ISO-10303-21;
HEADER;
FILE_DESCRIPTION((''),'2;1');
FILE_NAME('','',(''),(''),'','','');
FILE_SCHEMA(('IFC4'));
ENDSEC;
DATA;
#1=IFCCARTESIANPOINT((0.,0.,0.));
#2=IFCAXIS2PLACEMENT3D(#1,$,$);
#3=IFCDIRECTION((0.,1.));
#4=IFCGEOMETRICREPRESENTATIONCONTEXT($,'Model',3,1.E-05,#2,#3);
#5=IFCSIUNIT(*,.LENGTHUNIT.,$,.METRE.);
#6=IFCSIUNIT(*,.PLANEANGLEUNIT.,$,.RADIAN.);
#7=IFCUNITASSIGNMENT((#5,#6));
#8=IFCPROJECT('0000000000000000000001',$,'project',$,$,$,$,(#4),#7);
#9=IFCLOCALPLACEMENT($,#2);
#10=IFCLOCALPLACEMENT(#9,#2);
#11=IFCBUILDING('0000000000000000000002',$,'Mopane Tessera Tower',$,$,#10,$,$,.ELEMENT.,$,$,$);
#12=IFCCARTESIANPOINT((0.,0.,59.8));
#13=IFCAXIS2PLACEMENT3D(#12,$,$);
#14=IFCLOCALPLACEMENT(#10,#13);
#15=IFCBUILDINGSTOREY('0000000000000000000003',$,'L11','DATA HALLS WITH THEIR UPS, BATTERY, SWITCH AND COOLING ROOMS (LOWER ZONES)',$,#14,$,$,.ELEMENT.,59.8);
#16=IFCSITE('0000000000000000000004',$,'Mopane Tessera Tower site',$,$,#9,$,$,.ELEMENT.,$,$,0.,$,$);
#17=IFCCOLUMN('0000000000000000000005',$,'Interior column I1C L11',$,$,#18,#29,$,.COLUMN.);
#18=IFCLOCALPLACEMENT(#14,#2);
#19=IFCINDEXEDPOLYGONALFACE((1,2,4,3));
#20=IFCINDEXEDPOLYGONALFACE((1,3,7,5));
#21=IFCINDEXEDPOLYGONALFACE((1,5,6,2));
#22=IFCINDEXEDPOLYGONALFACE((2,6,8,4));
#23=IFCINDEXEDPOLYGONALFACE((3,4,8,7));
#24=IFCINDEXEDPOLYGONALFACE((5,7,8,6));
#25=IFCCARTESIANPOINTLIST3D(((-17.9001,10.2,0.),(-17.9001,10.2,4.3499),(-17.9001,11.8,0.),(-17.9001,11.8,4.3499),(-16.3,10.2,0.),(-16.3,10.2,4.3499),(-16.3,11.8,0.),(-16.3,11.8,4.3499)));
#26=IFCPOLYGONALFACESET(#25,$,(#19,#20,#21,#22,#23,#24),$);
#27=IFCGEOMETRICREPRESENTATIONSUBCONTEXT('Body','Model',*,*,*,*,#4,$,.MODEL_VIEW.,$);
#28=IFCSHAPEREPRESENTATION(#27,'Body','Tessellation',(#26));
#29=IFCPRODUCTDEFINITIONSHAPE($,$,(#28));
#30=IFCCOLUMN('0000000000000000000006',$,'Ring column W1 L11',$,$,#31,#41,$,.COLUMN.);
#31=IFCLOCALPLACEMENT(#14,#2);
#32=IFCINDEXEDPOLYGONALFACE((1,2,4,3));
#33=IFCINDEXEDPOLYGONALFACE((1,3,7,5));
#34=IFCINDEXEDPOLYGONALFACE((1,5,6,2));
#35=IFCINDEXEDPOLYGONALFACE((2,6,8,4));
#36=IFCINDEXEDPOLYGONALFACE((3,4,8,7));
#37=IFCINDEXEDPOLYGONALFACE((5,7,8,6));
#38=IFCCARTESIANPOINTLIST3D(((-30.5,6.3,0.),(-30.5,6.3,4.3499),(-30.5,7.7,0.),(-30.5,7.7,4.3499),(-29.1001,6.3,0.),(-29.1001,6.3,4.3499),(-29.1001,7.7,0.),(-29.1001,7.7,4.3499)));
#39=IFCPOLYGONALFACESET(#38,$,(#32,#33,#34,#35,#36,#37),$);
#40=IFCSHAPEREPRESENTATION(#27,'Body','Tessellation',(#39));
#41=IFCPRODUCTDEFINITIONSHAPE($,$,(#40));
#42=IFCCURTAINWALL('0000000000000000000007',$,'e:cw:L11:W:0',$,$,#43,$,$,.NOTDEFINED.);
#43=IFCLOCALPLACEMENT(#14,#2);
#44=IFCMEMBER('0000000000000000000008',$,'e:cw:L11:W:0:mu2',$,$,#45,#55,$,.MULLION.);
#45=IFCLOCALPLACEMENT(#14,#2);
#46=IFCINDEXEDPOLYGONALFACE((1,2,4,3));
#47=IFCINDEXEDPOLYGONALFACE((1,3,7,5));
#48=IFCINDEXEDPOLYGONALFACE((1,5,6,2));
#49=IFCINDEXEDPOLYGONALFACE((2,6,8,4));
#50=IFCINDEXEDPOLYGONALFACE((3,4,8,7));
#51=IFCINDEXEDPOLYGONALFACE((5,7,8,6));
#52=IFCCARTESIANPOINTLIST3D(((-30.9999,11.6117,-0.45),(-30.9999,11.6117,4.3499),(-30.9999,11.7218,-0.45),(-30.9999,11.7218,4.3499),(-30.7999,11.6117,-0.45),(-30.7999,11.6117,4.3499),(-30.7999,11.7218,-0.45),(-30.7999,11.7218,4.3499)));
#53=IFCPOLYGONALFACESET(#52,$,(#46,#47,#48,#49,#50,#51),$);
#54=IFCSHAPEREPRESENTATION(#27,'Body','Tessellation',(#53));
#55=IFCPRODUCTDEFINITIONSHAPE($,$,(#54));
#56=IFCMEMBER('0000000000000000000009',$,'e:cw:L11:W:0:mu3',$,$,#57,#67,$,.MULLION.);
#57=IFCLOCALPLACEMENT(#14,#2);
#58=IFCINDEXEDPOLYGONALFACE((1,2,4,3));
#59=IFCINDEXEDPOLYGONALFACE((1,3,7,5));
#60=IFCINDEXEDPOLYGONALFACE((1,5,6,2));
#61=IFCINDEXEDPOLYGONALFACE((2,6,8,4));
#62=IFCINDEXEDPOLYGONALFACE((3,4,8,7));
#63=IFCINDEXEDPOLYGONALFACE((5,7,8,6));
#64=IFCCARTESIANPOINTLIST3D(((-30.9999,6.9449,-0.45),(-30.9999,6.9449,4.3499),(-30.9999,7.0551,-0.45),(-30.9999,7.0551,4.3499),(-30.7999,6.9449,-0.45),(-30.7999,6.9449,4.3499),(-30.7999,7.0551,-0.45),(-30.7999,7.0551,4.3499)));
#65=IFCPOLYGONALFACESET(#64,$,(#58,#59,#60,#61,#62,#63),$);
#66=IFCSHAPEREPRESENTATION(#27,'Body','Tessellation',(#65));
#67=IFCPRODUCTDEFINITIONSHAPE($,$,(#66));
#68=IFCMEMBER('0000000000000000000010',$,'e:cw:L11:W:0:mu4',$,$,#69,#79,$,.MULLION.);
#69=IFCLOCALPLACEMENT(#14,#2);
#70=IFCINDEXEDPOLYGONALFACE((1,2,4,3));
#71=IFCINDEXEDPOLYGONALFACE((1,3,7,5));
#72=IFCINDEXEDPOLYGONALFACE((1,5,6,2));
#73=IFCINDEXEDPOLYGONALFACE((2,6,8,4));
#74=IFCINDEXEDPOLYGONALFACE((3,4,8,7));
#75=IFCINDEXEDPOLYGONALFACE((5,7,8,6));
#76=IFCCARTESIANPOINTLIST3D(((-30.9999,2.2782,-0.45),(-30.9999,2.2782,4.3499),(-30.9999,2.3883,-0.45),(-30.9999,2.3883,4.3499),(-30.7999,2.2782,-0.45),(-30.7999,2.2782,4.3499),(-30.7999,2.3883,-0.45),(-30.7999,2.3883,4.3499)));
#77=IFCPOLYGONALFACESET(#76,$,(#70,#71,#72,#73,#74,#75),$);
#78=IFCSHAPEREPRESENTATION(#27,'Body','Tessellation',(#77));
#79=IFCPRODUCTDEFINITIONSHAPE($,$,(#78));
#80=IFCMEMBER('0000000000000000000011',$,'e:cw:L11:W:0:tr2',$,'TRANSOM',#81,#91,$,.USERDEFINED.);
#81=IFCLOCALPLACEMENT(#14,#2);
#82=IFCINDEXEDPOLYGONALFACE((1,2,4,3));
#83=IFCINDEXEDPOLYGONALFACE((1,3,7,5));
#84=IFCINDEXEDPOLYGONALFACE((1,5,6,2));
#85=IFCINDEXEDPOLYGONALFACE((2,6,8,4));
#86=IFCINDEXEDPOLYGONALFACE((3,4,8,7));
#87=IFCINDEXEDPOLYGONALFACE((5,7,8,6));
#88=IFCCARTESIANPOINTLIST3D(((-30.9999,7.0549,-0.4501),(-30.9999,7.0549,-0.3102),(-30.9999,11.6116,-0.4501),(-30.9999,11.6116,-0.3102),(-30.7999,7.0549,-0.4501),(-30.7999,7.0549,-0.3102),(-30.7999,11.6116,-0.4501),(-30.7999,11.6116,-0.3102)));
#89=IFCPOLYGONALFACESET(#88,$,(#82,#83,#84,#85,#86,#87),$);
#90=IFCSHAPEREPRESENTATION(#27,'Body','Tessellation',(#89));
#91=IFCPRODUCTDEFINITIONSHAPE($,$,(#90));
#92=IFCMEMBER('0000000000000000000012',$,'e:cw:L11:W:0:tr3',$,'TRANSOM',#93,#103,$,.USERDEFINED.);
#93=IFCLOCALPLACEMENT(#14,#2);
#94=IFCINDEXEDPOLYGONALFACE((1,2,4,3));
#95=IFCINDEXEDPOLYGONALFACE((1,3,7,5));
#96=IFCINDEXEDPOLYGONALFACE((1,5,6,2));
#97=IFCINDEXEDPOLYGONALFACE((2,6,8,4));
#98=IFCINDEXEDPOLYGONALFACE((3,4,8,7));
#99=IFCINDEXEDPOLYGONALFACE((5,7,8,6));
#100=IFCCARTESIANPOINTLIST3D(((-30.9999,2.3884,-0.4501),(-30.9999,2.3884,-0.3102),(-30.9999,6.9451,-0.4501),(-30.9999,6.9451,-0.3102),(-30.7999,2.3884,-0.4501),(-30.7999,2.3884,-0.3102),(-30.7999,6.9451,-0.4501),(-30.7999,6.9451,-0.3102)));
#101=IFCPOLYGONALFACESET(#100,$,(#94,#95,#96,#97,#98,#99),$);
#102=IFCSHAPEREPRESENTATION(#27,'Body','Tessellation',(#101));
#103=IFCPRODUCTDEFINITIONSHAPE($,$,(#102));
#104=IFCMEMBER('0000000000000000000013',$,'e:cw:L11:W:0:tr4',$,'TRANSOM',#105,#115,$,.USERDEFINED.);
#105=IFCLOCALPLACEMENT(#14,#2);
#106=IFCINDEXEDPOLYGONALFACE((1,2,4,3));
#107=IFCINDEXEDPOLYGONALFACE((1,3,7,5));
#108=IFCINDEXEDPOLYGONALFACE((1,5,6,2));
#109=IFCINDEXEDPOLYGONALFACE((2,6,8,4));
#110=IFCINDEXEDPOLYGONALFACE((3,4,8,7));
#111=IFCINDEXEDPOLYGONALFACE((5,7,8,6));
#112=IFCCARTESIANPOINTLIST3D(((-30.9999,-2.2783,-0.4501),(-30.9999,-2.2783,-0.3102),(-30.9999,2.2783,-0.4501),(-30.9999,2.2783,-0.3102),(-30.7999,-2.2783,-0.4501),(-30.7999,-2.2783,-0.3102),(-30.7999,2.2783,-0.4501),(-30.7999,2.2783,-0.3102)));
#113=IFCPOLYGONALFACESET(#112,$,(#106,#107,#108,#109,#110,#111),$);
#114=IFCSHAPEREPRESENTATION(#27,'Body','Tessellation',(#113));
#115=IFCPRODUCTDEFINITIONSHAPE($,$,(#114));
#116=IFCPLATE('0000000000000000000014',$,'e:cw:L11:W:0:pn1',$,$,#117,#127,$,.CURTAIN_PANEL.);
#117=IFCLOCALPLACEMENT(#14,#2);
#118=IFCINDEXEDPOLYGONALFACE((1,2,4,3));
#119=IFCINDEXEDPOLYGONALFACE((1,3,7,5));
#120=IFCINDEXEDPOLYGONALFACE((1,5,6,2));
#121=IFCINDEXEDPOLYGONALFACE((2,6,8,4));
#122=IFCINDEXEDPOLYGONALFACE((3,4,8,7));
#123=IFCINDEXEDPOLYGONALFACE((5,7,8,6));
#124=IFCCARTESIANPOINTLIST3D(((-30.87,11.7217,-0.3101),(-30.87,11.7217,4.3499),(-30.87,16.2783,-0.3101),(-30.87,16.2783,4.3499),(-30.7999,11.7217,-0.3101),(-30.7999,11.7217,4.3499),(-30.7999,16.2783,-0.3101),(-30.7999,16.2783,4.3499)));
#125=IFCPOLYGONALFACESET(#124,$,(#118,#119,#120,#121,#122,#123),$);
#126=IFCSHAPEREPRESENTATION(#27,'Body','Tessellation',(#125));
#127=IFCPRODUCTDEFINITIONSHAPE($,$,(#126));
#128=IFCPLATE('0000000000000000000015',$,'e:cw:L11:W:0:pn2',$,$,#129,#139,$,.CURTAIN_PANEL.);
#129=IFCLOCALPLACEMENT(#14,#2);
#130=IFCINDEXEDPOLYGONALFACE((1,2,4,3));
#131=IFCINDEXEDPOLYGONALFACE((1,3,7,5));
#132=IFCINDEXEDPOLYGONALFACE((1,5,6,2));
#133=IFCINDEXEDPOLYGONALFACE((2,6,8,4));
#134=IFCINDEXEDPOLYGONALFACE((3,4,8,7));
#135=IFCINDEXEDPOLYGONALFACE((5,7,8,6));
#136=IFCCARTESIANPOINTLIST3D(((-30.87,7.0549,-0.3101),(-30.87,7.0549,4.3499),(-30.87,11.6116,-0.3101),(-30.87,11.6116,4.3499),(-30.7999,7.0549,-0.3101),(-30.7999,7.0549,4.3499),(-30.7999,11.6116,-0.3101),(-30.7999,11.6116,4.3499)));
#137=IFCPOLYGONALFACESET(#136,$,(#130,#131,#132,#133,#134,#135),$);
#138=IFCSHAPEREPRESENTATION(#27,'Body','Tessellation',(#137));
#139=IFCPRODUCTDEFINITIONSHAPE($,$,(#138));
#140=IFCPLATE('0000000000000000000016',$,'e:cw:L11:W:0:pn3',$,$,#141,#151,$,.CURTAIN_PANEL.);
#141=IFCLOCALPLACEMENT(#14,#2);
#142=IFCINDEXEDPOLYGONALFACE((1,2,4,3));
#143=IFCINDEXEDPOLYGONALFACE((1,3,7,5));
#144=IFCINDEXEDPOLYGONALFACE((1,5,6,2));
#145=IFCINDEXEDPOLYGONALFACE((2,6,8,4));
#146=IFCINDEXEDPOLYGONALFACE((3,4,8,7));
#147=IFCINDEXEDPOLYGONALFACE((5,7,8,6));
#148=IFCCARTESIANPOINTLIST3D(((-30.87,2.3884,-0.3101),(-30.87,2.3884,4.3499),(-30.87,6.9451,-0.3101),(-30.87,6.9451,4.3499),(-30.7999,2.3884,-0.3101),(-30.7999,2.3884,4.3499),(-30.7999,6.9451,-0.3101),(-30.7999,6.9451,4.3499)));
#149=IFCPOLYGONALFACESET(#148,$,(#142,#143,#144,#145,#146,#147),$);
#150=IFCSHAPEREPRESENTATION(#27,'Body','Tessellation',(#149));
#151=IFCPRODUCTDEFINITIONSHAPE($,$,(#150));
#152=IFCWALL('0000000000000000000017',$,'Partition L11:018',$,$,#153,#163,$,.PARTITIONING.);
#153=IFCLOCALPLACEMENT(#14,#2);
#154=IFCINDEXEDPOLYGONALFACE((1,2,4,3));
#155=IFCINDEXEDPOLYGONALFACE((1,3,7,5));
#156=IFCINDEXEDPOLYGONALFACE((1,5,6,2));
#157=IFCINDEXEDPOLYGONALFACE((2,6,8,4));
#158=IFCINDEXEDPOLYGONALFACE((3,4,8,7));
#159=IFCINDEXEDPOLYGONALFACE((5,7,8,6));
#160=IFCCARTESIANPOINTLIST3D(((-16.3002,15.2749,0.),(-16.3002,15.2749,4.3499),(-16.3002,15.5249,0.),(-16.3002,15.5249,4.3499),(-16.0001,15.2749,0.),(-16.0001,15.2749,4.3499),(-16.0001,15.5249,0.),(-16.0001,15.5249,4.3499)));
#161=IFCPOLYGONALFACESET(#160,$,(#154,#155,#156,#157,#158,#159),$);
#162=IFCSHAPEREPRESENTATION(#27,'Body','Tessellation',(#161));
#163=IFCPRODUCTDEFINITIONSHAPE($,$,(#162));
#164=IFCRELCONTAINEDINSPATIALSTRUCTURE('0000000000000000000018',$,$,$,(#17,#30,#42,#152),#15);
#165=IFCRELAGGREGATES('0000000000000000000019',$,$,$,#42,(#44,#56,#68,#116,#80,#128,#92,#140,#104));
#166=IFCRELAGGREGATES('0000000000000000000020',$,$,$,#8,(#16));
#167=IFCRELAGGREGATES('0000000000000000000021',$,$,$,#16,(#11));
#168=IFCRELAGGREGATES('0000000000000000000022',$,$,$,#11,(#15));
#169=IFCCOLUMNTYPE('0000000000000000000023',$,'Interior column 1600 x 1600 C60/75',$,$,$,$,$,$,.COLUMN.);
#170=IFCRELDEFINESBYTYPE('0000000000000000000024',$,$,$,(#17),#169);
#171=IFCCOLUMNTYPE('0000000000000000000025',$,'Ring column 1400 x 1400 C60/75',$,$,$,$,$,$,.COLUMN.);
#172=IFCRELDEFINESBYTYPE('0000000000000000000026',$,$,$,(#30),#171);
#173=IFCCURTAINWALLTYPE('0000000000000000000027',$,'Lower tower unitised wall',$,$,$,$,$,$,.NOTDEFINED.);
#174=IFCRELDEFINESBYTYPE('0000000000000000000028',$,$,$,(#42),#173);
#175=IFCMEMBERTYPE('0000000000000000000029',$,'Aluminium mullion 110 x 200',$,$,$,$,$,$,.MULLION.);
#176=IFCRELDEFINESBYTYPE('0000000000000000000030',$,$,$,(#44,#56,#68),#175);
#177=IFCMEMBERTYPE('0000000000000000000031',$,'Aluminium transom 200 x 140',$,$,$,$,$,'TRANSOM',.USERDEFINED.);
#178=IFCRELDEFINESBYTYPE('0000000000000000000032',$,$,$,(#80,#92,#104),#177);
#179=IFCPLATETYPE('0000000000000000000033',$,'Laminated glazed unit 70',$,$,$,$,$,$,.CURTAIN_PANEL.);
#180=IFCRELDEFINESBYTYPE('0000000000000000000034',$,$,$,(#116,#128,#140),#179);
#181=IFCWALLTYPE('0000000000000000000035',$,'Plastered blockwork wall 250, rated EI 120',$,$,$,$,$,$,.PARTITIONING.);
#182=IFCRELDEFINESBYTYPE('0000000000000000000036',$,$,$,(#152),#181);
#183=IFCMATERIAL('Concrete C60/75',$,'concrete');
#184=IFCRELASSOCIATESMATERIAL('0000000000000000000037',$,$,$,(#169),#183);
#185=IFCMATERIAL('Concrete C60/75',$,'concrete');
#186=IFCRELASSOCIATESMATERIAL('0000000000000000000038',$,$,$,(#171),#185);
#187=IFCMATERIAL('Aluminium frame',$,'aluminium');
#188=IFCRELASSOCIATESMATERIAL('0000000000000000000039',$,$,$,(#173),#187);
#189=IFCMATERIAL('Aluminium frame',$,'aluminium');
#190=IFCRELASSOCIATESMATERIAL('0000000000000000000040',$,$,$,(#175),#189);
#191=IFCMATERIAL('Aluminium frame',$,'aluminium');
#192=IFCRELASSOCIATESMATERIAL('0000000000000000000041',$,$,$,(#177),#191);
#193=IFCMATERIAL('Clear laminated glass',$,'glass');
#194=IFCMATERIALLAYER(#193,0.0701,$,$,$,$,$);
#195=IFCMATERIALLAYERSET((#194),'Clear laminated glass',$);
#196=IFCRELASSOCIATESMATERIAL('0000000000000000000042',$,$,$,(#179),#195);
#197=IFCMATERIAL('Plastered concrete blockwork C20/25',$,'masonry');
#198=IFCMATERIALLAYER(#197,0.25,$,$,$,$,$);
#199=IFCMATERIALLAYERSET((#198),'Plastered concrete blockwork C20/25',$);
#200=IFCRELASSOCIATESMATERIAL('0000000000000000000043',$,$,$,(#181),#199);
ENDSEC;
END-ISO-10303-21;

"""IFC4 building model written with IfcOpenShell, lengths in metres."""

from ifc_helpers import new_model, si_unit, direction, frame, frame_2d, origin, origin_2d, place, context, subcontext, project, spatial, rectangle, extrude, material, layer, layer_set, material_profile, profile_set, type_object, element, aggregate, save


model = new_model("IFC4")

# Units and contexts
model_context = context("Model", 3, precision=1e-05, world=origin(), true_north=direction((0.0, 1.0)))
body_context = subcontext(model_context, "Body", "Model", "MODEL_VIEW")
ifc_project = project(units=[si_unit("LENGTHUNIT", "METRE"), si_unit("PLANEANGLEUNIT", "RADIAN")], contexts=[model_context])

# Site, building, storey
site_placement = place(None, origin())
site = spatial("IfcSite", under=ifc_project, at=site_placement, Name="Mopane Tessera Tower site", CompositionType="ELEMENT", RefElevation=0.0)
building_placement = place(site_placement, origin())
building = spatial("IfcBuilding", under=site, at=building_placement, Name="Mopane Tessera Tower", CompositionType="ELEMENT")
storey_placement = place(building_placement, frame((0.0, 0.0, 59.8)))
storey = spatial("IfcBuildingStorey", under=building, at=storey_placement, Name="L11", Description="DATA HALLS WITH THEIR UPS, BATTERY, SWITCH AND COOLING ROOMS (LOWER ZONES)", CompositionType="ELEMENT", Elevation=59.8)

# Columns
ifc_material_1 = material(Name="Concrete C60/75", Category="concrete")
ifc_material_profile_1 = material_profile(ifc_material_1, rectangle(XDim=1.6001, YDim=1.6001, at=origin_2d()))
ifc_profile_set_1 = profile_set([ifc_material_profile_1], Name="Concrete C60/75")
column_type_1 = type_object("IfcColumnType", Name="Interior column 1600 x 1600 C60/75", PredefinedType="COLUMN", material=ifc_profile_set_1)
column_1_placement = place(storey_placement, frame((-17.1001, 11.0, 0.0), z_axis=(0.0, 0.0, 1.0), x_axis=(1.0, 0.0, 0.0)))
element("IfcColumn", 1, at=column_1_placement, inside=storey, type_object=column_type_1, Name="Interior column I1C L11", PredefinedType="COLUMN", context=body_context, shape_type="SweptSolid", body=[
    extrude(rectangle(XDim=1.6001, YDim=1.6001, at=origin_2d()), origin(), (0.0, 0.0, 1.0), 4.3499),
])
ifc_material_2 = material(Name="Concrete C60/75", Category="concrete")
ifc_material_profile_2 = material_profile(ifc_material_2, rectangle(XDim=1.3999, YDim=1.3999, at=origin_2d()))
ifc_profile_set_2 = profile_set([ifc_material_profile_2], Name="Concrete C60/75")
column_type_2 = type_object("IfcColumnType", Name="Ring column 1400 x 1400 C60/75", PredefinedType="COLUMN", material=ifc_profile_set_2)
column_2_placement = place(storey_placement, frame((-29.8, 7.0, 0.0), z_axis=(0.0, 0.0, 1.0), x_axis=(1.0, 0.0, 0.0)))
element("IfcColumn", 2, at=column_2_placement, inside=storey, type_object=column_type_2, Name="Ring column W1 L11", PredefinedType="COLUMN", context=body_context, shape_type="SweptSolid", body=[
    extrude(rectangle(XDim=1.3999, YDim=1.3999, at=origin_2d()), origin(), (0.0, 0.0, 1.0), 4.3499),
])

# Curtain wall, members, plates
ifc_material_3 = material(Name="Aluminium frame", Category="aluminium")
curtain_wall_type = type_object("IfcCurtainWallType", Name="Lower tower unitised wall", PredefinedType="NOTDEFINED", material=ifc_material_3)
curtain_wall_placement = place(storey_placement, origin())
curtain_wall = element("IfcCurtainWall", 3, at=curtain_wall_placement, inside=storey, type_object=curtain_wall_type, Name="e:cw:L11:W:0", PredefinedType="NOTDEFINED")
ifc_material_4 = material(Name="Aluminium frame", Category="aluminium")
ifc_material_profile_3 = material_profile(ifc_material_4, rectangle(XDim=0.1101, YDim=0.2, at=origin_2d()))
ifc_profile_set_3 = profile_set([ifc_material_profile_3], Name="Aluminium frame")
member_type_1 = type_object("IfcMemberType", Name="Aluminium mullion 110 x 200", PredefinedType="MULLION", material=ifc_profile_set_3)
member_1_placement = place(storey_placement, frame((-30.8999, 11.6667, -0.45), z_axis=(0.0, 0.0, 1.0), x_axis=(0.0, -1.0, 0.0)))
member_1 = element("IfcMember", 4, at=member_1_placement, type_object=member_type_1, Name="e:cw:L11:W:0:mu2", PredefinedType="MULLION", context=body_context, shape_type="SweptSolid", body=[
    extrude(rectangle(XDim=0.1101, YDim=0.2, at=origin_2d()), origin(), (0.0, 0.0, 1.0), 4.7998),
])
member_2_placement = place(storey_placement, frame((-30.8999, 7.0, -0.45), z_axis=(0.0, 0.0, 1.0), x_axis=(0.0, -1.0, 0.0)))
member_2 = element("IfcMember", 5, at=member_2_placement, type_object=member_type_1, Name="e:cw:L11:W:0:mu3", PredefinedType="MULLION", context=body_context, shape_type="SweptSolid", body=[
    extrude(rectangle(XDim=0.1101, YDim=0.2, at=origin_2d()), origin(), (0.0, 0.0, 1.0), 4.7998),
])
member_3_placement = place(storey_placement, frame((-30.8999, 2.3333, -0.45), z_axis=(0.0, 0.0, 1.0), x_axis=(0.0, -1.0, 0.0)))
member_3 = element("IfcMember", 6, at=member_3_placement, type_object=member_type_1, Name="e:cw:L11:W:0:mu4", PredefinedType="MULLION", context=body_context, shape_type="SweptSolid", body=[
    extrude(rectangle(XDim=0.1101, YDim=0.2, at=origin_2d()), origin(), (0.0, 0.0, 1.0), 4.7998),
])
ifc_material_5 = material(Name="Aluminium frame", Category="aluminium")
ifc_material_profile_4 = material_profile(ifc_material_5, rectangle(XDim=0.2, YDim=0.1399, at=origin_2d()))
ifc_profile_set_4 = profile_set([ifc_material_profile_4], Name="Aluminium frame")
member_type_2 = type_object("IfcMemberType", Name="Aluminium transom 200 x 140", ElementType="TRANSOM", PredefinedType="USERDEFINED", material=ifc_profile_set_4)
member_4_placement = place(storey_placement, frame((-30.8999, 11.6116, -0.3801), z_axis=(0.0, -1.0, 0.0), x_axis=(1.0, 0.0, 0.0)))
member_4 = element("IfcMember", 7, at=member_4_placement, type_object=member_type_2, Name="e:cw:L11:W:0:tr2", ObjectType="TRANSOM", PredefinedType="USERDEFINED", context=body_context, shape_type="SweptSolid", body=[
    extrude(rectangle(XDim=0.2, YDim=0.1399, at=origin_2d()), origin(), (0.0, 0.0, 1.0), 4.5566),
])
member_5_placement = place(storey_placement, frame((-30.8999, 6.9451, -0.3801), z_axis=(0.0, -1.0, 0.0), x_axis=(1.0, 0.0, 0.0)))
member_5 = element("IfcMember", 8, at=member_5_placement, type_object=member_type_2, Name="e:cw:L11:W:0:tr3", ObjectType="TRANSOM", PredefinedType="USERDEFINED", context=body_context, shape_type="SweptSolid", body=[
    extrude(rectangle(XDim=0.2, YDim=0.1399, at=origin_2d()), origin(), (0.0, 0.0, 1.0), 4.5566),
])
member_6_placement = place(storey_placement, frame((-30.8999, 2.2783, -0.3801), z_axis=(0.0, -1.0, 0.0), x_axis=(1.0, 0.0, 0.0)))
member_6 = element("IfcMember", 9, at=member_6_placement, type_object=member_type_2, Name="e:cw:L11:W:0:tr4", ObjectType="TRANSOM", PredefinedType="USERDEFINED", context=body_context, shape_type="SweptSolid", body=[
    extrude(rectangle(XDim=0.2, YDim=0.1399, at=origin_2d()), origin(), (0.0, 0.0, 1.0), 4.5566),
])
ifc_material_6 = material(Name="Clear laminated glass", Category="glass")
ifc_layer_1 = layer(ifc_material_6, 0.0701)
ifc_layer_set_1 = layer_set([ifc_layer_1], Name="Clear laminated glass")
plate_type = type_object("IfcPlateType", Name="Laminated glazed unit 70", PredefinedType="CURTAIN_PANEL", material=ifc_layer_set_1)
plate_1_placement = place(storey_placement, frame((-30.835, 14.0, -0.3101), z_axis=(0.0, 0.0, 1.0), x_axis=(0.0, -1.0, 0.0)))
plate_1 = element("IfcPlate", 10, at=plate_1_placement, type_object=plate_type, Name="e:cw:L11:W:0:pn1", PredefinedType="CURTAIN_PANEL", context=body_context, shape_type="SweptSolid", body=[
    extrude(rectangle(XDim=4.5566, YDim=0.0701, at=origin_2d()), origin(), (0.0, 0.0, 1.0), 4.6599),
])
plate_2_placement = place(storey_placement, frame((-30.835, 9.3333, -0.3101), z_axis=(0.0, 0.0, 1.0), x_axis=(0.0, -1.0, 0.0)))
plate_2 = element("IfcPlate", 11, at=plate_2_placement, type_object=plate_type, Name="e:cw:L11:W:0:pn2", PredefinedType="CURTAIN_PANEL", context=body_context, shape_type="SweptSolid", body=[
    extrude(rectangle(XDim=4.5566, YDim=0.0701, at=origin_2d()), origin(), (0.0, 0.0, 1.0), 4.6599),
])
plate_3_placement = place(storey_placement, frame((-30.835, 4.6667, -0.3101), z_axis=(0.0, 0.0, 1.0), x_axis=(0.0, -1.0, 0.0)))
plate_3 = element("IfcPlate", 12, at=plate_3_placement, type_object=plate_type, Name="e:cw:L11:W:0:pn3", PredefinedType="CURTAIN_PANEL", context=body_context, shape_type="SweptSolid", body=[
    extrude(rectangle(XDim=4.5566, YDim=0.0701, at=origin_2d()), origin(), (0.0, 0.0, 1.0), 4.6599),
])
aggregate(curtain_wall, [member_1, member_2, member_3, plate_1, member_4, plate_2, member_5, plate_3, member_6])

# Wall
ifc_material_7 = material(Name="Plastered concrete blockwork C20/25", Category="masonry")
ifc_layer_2 = layer(ifc_material_7, 0.25)
ifc_layer_set_2 = layer_set([ifc_layer_2], Name="Plastered concrete blockwork C20/25")
wall_type = type_object("IfcWallType", Name="Plastered blockwork wall 250, rated EI 120", PredefinedType="PARTITIONING", material=ifc_layer_set_2)
wall_1_placement = place(storey_placement, frame((-16.3, 15.3999, 0.0), z_axis=(0.0, 0.0, 1.0), x_axis=(1.0, 0.0, 0.0)))
element("IfcWall", 13, at=wall_1_placement, inside=storey, type_object=wall_type, Name="Partition L11:018", PredefinedType="PARTITIONING", context=body_context, shape_type="SweptSolid", body=[
    extrude(rectangle(XDim=0.3, YDim=0.25, at=frame_2d((0.1499, 0.0))), origin(), (0.0, 0.0, 1.0), 4.3499),
])

save(model, "model.ifc")
